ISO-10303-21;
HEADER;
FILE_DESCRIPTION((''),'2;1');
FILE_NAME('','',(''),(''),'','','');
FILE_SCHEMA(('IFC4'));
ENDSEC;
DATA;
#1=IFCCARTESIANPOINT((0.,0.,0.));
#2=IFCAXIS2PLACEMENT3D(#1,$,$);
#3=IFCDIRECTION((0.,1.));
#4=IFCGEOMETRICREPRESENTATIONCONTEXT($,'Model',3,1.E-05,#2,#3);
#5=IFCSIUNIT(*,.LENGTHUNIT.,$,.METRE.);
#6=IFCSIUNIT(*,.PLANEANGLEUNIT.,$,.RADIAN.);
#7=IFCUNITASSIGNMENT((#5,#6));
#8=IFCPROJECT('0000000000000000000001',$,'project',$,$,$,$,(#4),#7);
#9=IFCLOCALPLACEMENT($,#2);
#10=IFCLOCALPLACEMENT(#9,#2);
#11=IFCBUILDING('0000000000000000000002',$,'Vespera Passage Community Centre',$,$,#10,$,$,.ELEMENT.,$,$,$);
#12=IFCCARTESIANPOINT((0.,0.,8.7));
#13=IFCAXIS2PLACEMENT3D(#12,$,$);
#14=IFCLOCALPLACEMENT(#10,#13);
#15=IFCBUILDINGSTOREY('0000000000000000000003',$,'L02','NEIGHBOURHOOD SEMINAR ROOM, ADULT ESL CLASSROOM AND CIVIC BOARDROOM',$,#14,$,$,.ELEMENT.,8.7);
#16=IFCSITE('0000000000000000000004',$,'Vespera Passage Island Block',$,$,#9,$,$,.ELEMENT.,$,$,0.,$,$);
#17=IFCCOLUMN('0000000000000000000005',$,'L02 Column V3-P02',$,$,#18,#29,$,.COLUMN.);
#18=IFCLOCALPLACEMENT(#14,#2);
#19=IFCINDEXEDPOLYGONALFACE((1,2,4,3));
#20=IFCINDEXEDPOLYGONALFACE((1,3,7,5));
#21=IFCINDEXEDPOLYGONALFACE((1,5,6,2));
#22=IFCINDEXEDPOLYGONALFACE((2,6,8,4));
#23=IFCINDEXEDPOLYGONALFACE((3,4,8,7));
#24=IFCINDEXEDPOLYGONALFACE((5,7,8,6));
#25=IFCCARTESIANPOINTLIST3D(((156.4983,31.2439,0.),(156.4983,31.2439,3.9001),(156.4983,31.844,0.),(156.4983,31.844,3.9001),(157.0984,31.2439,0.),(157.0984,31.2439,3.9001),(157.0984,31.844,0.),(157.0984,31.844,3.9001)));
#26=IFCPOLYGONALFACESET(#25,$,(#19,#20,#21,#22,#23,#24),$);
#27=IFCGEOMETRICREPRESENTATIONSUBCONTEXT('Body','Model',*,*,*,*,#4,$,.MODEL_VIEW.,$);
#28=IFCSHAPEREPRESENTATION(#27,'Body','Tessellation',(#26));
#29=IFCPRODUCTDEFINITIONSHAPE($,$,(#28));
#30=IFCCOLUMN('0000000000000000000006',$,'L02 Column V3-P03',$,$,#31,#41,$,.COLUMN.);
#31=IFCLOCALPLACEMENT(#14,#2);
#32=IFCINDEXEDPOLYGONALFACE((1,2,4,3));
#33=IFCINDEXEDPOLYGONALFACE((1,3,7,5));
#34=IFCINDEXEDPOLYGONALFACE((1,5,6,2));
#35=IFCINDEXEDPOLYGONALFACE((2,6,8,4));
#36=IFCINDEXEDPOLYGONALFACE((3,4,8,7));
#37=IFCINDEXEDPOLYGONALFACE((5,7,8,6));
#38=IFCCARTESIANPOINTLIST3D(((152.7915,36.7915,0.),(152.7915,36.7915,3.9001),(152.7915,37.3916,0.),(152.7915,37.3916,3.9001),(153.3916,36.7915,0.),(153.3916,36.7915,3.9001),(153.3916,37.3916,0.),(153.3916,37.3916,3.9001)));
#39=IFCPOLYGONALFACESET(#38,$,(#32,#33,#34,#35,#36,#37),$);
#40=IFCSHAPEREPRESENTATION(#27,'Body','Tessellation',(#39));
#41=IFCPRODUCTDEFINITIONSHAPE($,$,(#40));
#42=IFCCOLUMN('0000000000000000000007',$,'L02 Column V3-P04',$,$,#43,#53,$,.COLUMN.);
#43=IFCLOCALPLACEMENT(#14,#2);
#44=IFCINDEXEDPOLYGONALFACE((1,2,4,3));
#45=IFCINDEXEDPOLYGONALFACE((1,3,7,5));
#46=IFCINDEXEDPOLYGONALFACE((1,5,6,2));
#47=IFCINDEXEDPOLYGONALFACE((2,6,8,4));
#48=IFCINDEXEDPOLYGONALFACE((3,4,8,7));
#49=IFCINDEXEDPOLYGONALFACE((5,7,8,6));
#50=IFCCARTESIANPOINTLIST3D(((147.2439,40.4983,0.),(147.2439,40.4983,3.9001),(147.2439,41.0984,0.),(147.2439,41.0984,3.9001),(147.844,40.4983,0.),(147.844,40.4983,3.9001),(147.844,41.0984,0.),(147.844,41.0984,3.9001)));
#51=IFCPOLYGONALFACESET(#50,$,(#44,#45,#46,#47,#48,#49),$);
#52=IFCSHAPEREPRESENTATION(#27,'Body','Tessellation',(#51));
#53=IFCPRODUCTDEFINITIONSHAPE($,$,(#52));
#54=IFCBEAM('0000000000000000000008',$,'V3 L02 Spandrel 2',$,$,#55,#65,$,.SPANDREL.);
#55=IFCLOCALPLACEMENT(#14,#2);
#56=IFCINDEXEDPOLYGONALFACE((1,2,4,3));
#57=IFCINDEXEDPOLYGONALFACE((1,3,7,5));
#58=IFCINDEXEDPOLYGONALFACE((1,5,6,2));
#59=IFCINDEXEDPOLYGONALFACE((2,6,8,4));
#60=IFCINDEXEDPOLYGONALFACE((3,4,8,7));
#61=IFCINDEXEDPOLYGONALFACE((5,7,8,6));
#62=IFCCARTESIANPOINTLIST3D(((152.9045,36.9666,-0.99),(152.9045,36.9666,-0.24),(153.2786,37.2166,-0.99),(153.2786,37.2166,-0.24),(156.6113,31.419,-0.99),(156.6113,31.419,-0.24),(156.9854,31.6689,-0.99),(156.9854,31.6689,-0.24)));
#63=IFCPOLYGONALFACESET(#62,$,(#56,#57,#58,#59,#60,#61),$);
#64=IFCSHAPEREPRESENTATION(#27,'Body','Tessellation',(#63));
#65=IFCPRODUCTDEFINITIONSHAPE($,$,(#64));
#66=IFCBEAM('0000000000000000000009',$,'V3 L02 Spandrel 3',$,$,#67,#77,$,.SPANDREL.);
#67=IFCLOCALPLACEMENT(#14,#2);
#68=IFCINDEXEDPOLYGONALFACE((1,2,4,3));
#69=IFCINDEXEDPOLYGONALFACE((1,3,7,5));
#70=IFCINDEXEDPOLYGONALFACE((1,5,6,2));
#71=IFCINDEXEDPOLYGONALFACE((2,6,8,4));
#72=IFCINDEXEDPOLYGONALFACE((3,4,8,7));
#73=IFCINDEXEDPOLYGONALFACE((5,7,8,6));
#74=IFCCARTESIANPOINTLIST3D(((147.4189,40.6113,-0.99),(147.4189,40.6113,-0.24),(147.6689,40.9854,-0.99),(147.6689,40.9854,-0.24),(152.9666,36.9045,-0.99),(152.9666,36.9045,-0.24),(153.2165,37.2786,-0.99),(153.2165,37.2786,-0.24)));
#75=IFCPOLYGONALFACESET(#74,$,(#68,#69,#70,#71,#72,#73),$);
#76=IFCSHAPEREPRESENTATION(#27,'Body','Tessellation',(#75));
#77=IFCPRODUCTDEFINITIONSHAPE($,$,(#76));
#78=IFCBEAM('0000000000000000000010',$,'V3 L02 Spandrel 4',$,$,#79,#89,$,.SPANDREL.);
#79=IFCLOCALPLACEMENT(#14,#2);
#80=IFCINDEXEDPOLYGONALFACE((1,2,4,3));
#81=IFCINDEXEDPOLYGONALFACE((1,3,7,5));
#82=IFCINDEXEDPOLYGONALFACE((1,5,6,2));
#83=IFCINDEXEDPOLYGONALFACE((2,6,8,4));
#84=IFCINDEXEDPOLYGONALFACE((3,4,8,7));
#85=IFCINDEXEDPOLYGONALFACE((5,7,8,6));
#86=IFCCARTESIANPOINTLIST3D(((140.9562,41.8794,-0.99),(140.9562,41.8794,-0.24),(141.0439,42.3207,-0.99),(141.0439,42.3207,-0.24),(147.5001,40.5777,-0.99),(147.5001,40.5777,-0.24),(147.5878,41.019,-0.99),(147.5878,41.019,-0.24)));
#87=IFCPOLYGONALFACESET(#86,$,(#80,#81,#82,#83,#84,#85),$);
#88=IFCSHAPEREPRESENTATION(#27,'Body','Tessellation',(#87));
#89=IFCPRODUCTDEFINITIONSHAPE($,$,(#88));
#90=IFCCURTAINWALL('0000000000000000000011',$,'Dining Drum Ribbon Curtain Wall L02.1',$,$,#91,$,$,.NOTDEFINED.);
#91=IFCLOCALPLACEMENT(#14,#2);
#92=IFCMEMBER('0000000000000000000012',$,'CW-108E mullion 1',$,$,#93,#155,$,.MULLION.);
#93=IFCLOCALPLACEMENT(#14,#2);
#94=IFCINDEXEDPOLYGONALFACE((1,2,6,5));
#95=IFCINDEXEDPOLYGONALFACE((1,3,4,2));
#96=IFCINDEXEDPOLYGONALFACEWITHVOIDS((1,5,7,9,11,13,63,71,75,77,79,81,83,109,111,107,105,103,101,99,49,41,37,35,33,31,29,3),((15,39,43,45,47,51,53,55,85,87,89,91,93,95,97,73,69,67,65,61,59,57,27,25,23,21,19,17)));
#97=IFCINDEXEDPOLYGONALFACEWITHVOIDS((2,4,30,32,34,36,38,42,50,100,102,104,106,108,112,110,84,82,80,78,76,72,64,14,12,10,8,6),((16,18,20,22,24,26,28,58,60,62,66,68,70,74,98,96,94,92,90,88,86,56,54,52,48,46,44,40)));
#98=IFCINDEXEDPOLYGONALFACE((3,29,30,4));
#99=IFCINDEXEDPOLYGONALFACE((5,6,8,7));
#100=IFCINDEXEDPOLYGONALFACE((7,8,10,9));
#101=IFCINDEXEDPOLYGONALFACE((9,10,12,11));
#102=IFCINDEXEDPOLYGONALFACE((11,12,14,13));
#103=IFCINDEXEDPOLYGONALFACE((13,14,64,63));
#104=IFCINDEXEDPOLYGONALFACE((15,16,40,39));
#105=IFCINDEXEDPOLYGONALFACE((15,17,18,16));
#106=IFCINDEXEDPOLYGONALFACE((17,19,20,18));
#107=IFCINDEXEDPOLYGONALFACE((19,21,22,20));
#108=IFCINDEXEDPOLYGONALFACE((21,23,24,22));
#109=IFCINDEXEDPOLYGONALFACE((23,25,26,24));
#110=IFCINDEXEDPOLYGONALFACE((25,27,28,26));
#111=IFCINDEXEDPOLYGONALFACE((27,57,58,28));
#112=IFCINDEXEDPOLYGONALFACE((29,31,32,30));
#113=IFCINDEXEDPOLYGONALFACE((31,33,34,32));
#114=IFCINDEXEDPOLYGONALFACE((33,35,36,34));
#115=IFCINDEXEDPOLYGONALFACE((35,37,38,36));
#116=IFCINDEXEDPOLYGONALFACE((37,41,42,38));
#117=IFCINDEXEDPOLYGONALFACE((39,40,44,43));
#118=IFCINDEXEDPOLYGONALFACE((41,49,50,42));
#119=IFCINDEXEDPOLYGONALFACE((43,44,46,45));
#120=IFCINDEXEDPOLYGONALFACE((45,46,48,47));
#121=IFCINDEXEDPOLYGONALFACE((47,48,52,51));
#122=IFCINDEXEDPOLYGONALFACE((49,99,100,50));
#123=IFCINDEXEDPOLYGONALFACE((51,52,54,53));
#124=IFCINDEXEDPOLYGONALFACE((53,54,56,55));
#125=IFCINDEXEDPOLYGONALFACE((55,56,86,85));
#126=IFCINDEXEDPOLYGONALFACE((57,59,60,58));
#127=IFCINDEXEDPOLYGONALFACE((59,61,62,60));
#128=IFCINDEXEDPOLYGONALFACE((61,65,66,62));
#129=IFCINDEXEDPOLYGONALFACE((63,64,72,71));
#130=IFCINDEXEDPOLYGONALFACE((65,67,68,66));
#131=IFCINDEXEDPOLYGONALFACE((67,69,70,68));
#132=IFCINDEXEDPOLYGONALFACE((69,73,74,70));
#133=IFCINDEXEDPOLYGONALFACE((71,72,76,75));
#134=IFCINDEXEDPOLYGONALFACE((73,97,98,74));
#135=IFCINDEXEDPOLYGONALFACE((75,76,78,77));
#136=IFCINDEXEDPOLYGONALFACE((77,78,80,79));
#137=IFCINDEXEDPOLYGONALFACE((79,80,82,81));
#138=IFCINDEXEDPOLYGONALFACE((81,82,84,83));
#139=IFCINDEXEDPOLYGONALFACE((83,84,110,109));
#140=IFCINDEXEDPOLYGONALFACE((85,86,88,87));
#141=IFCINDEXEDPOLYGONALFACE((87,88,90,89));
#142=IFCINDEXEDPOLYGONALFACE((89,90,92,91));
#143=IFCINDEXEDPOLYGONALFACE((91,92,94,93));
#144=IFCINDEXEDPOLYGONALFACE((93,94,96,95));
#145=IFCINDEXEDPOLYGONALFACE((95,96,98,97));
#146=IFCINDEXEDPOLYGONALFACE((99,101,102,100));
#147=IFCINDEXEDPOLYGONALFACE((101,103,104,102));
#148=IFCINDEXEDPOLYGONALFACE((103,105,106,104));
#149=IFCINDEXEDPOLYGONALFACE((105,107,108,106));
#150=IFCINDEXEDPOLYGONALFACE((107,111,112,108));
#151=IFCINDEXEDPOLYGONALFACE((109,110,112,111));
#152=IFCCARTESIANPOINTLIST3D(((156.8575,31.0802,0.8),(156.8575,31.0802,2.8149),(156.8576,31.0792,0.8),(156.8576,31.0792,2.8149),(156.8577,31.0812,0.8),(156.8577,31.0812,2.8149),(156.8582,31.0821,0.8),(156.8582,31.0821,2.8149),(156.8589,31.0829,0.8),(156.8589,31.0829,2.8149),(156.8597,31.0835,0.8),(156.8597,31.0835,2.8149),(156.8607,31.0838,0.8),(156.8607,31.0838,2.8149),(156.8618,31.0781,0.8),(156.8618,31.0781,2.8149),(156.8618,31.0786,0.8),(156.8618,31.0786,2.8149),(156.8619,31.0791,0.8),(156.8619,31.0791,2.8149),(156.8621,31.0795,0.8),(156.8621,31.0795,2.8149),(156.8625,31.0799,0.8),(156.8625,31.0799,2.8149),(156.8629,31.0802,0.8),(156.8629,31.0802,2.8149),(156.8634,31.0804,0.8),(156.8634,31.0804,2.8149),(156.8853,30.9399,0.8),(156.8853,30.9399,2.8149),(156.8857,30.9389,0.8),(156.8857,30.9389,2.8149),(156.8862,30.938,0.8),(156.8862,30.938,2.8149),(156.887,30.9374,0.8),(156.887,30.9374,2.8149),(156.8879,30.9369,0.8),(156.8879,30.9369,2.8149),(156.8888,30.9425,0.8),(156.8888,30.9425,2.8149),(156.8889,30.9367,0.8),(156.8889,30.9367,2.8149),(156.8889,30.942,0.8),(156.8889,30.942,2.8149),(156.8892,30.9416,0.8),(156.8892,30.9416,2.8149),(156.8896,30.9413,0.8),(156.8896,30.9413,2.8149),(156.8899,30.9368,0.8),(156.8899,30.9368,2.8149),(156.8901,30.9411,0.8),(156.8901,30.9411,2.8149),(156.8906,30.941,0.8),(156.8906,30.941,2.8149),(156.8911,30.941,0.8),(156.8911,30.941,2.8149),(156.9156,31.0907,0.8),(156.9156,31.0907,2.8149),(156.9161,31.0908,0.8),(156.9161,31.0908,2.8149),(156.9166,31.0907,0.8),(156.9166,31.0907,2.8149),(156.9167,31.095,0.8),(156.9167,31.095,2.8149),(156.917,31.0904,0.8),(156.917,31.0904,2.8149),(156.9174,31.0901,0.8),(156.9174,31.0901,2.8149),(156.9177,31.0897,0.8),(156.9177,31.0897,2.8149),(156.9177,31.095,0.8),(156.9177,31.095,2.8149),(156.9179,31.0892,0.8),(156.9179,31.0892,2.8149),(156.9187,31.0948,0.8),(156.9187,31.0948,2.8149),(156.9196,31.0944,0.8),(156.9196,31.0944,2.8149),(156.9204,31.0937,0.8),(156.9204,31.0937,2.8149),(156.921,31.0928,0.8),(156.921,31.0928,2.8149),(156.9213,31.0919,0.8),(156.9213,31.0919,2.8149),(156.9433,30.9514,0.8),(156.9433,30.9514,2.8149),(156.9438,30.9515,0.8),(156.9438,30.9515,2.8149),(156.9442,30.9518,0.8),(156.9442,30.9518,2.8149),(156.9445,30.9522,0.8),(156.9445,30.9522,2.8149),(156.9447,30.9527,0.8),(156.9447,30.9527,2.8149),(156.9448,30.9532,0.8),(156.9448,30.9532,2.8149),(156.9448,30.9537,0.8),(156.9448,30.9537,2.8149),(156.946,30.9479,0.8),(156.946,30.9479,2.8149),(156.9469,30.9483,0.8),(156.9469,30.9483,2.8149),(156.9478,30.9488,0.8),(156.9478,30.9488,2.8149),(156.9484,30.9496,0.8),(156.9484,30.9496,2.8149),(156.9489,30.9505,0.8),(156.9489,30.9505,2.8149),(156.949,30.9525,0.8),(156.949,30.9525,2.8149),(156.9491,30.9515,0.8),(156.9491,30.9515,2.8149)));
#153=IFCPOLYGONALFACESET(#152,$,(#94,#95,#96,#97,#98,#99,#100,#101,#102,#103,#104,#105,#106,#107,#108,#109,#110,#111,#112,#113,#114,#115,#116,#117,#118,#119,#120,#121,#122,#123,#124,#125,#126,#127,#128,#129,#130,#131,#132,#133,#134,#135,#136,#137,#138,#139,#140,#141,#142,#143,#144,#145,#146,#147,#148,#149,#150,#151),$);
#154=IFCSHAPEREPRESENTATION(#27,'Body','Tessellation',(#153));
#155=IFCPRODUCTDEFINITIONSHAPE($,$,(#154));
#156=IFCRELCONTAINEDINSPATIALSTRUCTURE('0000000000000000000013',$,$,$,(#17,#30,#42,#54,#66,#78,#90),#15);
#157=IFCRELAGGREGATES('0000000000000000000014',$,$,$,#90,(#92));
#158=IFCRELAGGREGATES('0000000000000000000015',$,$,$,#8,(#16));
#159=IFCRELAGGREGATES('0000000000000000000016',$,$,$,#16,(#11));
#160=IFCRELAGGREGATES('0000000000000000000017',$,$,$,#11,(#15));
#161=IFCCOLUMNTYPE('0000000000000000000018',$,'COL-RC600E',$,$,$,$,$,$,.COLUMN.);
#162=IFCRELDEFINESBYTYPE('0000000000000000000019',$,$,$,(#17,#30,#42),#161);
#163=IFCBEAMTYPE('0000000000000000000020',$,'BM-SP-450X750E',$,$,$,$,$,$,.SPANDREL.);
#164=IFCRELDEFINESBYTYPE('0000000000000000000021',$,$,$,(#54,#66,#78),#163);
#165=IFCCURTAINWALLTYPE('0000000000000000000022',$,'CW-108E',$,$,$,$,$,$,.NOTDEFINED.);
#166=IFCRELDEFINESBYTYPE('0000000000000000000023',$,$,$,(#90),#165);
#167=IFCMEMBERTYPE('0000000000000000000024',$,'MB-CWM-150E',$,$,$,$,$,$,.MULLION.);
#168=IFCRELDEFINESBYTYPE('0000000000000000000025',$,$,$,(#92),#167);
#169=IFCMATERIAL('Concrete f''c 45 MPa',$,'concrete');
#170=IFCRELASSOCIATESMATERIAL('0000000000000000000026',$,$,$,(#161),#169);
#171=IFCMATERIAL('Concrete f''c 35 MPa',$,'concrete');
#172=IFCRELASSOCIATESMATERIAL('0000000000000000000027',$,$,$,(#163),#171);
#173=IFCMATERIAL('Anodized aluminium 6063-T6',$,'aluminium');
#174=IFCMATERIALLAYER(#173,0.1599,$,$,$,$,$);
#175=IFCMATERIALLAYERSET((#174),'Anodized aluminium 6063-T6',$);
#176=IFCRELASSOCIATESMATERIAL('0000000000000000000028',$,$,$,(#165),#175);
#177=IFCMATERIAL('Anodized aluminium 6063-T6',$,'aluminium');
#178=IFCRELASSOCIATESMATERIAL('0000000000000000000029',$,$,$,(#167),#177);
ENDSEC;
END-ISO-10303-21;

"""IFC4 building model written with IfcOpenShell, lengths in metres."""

from ifc_helpers import new_model, si_unit, direction, frame, origin, origin_2d, place, context, subcontext, project, spatial, rectangle, hollow_rectangle, extrude, material, layer, layer_set, material_profile, profile_set, type_object, element, aggregate, save


model = new_model("IFC4")

# Units and contexts
model_context = context("Model", 3, precision=1e-05, world=origin(), true_north=direction((0.0, 1.0)))
body_context = subcontext(model_context, "Body", "Model", "MODEL_VIEW")
ifc_project = project(units=[si_unit("LENGTHUNIT", "METRE"), si_unit("PLANEANGLEUNIT", "RADIAN")], contexts=[model_context])

# Site, building, storey
site_placement = place(None, origin())
site = spatial("IfcSite", under=ifc_project, at=site_placement, Name="Vespera Passage Island Block", CompositionType="ELEMENT", RefElevation=0.0)
building_placement = place(site_placement, origin())
building = spatial("IfcBuilding", under=site, at=building_placement, Name="Vespera Passage Community Centre", CompositionType="ELEMENT")
storey_placement = place(building_placement, frame((0.0, 0.0, 8.7)))
storey = spatial("IfcBuildingStorey", under=building, at=storey_placement, Name="L02", Description="NEIGHBOURHOOD SEMINAR ROOM, ADULT ESL CLASSROOM AND CIVIC BOARDROOM", CompositionType="ELEMENT", Elevation=8.7)

# Columns
ifc_material_1 = material(Name="Concrete f'c 45 MPa", Category="concrete")
ifc_material_profile_1 = material_profile(ifc_material_1, rectangle(XDim=0.6001, YDim=0.6001, at=origin_2d()), Name="RC600X600")
ifc_profile_set_1 = profile_set([ifc_material_profile_1], Name="Concrete f'c 45 MPa")
column_type = type_object("IfcColumnType", Name="COL-RC600E", PredefinedType="COLUMN", material=ifc_profile_set_1)
for number, where, z_axis, x_axis, name in (
    (1, (156.7983, 31.5439, 0.0), (0.0, 0.0, 1.0), (1.0, 0.0, 0.0), "L02 Column V3-P02"),
    (2, (153.0916, 37.0916, 0.0), (0.0, 0.0, 1.0), (1.0, 0.0, 0.0), "L02 Column V3-P03"),
    (3, (147.5439, 40.7983, 0.0), (0.0, 0.0, 1.0), (1.0, 0.0, 0.0), "L02 Column V3-P04"),
):
    element("IfcColumn", number, at=place(storey_placement, frame(where, z_axis=z_axis, x_axis=x_axis)), inside=storey, type_object=column_type, Name=name, PredefinedType="COLUMN", context=body_context, shape_type="SweptSolid", body=[
        extrude(rectangle(XDim=0.6001, YDim=0.6001, at=origin_2d()), origin(), (0.0, 0.0, 1.0), 3.9001),
    ])

# Beams
ifc_material_2 = material(Name="Concrete f'c 35 MPa", Category="concrete")
ifc_material_profile_2 = material_profile(ifc_material_2, rectangle(XDim=0.45, YDim=0.75, at=origin_2d()), Name="RC450X750")
ifc_profile_set_2 = profile_set([ifc_material_profile_2], Name="Concrete f'c 35 MPa")
beam_type = type_object("IfcBeamType", Name="BM-SP-450X750E", PredefinedType="SPANDREL", material=ifc_profile_set_2)
for number, where, z_axis, x_axis, name in (
    (4, (156.7983, 31.5439, -0.615), (-0.55557, 0.83147, 0.0), (-0.83147, -0.55557, 0.0), "V3 L02 Spandrel 2"),
    (5, (153.0916, 37.0916, -0.615), (-0.83147, 0.55557, 0.0), (-0.55557, -0.83147, 0.0), "V3 L02 Spandrel 3"),
    (6, (147.5439, 40.7983, -0.615), (-0.980783, 0.195103, 0.0), (-0.195103, -0.980783, 0.0), "V3 L02 Spandrel 4"),
):
    element("IfcBeam", number, at=place(storey_placement, frame(where, z_axis=z_axis, x_axis=x_axis)), inside=storey, type_object=beam_type, Name=name, PredefinedType="SPANDREL", context=body_context, shape_type="SweptSolid", body=[
        extrude(rectangle(XDim=0.45, YDim=0.75, at=origin_2d()), origin(), (0.0, 0.0, 1.0), 6.6721),
    ])

# Curtain wall, member
ifc_material_3 = material(Name="Anodized aluminium 6063-T6", Category="aluminium")
ifc_layer_1 = layer(ifc_material_3, 0.1599)
ifc_layer_set_1 = layer_set([ifc_layer_1], Name="Anodized aluminium 6063-T6")
curtain_wall_type_1 = type_object("IfcCurtainWallType", Name="CW-108E", PredefinedType="NOTDEFINED", material=ifc_layer_set_1)
curtain_wall_1_placement = place(storey_placement, origin())
curtain_wall_1 = element("IfcCurtainWall", 7, at=curtain_wall_1_placement, inside=storey, type_object=curtain_wall_type_1, Name="Dining Drum Ribbon Curtain Wall L02.1", PredefinedType="NOTDEFINED")
ifc_material_4 = material(Name="Anodized aluminium 6063-T6", Category="aluminium")
ifc_material_profile_3 = material_profile(ifc_material_4, hollow_rectangle(XDim=0.0649, YDim=0.1499, WallThickness=0.0039, InnerFilletRadius=0.002, OuterFilletRadius=0.0039, at=origin_2d()), Name="ALU150X65X4")
ifc_profile_set_3 = profile_set([ifc_material_profile_3], Name="Anodized aluminium 6063-T6")
member_type_1 = type_object("IfcMemberType", Name="MB-CWM-150E", PredefinedType="MULLION", material=ifc_profile_set_3)
member_1_placement = place(storey_placement, frame((156.9033, 31.0159, 0.8), z_axis=(0.0, 0.0, 1.0), x_axis=(0.980784, 0.195097, 0.0)))
member_1 = element("IfcMember", 8, at=member_1_placement, type_object=member_type_1, Name="CW-108E mullion 1", PredefinedType="MULLION", context=body_context, shape_type="SweptSolid", body=[
    extrude(hollow_rectangle(XDim=0.0649, YDim=0.1499, WallThickness=0.0039, InnerFilletRadius=0.002, OuterFilletRadius=0.0039, at=origin_2d()), origin(), (0.0, 0.0, 1.0), 2.0149),
])

aggregate(curtain_wall_1, [member_1])

save(model, "model.ifc")
